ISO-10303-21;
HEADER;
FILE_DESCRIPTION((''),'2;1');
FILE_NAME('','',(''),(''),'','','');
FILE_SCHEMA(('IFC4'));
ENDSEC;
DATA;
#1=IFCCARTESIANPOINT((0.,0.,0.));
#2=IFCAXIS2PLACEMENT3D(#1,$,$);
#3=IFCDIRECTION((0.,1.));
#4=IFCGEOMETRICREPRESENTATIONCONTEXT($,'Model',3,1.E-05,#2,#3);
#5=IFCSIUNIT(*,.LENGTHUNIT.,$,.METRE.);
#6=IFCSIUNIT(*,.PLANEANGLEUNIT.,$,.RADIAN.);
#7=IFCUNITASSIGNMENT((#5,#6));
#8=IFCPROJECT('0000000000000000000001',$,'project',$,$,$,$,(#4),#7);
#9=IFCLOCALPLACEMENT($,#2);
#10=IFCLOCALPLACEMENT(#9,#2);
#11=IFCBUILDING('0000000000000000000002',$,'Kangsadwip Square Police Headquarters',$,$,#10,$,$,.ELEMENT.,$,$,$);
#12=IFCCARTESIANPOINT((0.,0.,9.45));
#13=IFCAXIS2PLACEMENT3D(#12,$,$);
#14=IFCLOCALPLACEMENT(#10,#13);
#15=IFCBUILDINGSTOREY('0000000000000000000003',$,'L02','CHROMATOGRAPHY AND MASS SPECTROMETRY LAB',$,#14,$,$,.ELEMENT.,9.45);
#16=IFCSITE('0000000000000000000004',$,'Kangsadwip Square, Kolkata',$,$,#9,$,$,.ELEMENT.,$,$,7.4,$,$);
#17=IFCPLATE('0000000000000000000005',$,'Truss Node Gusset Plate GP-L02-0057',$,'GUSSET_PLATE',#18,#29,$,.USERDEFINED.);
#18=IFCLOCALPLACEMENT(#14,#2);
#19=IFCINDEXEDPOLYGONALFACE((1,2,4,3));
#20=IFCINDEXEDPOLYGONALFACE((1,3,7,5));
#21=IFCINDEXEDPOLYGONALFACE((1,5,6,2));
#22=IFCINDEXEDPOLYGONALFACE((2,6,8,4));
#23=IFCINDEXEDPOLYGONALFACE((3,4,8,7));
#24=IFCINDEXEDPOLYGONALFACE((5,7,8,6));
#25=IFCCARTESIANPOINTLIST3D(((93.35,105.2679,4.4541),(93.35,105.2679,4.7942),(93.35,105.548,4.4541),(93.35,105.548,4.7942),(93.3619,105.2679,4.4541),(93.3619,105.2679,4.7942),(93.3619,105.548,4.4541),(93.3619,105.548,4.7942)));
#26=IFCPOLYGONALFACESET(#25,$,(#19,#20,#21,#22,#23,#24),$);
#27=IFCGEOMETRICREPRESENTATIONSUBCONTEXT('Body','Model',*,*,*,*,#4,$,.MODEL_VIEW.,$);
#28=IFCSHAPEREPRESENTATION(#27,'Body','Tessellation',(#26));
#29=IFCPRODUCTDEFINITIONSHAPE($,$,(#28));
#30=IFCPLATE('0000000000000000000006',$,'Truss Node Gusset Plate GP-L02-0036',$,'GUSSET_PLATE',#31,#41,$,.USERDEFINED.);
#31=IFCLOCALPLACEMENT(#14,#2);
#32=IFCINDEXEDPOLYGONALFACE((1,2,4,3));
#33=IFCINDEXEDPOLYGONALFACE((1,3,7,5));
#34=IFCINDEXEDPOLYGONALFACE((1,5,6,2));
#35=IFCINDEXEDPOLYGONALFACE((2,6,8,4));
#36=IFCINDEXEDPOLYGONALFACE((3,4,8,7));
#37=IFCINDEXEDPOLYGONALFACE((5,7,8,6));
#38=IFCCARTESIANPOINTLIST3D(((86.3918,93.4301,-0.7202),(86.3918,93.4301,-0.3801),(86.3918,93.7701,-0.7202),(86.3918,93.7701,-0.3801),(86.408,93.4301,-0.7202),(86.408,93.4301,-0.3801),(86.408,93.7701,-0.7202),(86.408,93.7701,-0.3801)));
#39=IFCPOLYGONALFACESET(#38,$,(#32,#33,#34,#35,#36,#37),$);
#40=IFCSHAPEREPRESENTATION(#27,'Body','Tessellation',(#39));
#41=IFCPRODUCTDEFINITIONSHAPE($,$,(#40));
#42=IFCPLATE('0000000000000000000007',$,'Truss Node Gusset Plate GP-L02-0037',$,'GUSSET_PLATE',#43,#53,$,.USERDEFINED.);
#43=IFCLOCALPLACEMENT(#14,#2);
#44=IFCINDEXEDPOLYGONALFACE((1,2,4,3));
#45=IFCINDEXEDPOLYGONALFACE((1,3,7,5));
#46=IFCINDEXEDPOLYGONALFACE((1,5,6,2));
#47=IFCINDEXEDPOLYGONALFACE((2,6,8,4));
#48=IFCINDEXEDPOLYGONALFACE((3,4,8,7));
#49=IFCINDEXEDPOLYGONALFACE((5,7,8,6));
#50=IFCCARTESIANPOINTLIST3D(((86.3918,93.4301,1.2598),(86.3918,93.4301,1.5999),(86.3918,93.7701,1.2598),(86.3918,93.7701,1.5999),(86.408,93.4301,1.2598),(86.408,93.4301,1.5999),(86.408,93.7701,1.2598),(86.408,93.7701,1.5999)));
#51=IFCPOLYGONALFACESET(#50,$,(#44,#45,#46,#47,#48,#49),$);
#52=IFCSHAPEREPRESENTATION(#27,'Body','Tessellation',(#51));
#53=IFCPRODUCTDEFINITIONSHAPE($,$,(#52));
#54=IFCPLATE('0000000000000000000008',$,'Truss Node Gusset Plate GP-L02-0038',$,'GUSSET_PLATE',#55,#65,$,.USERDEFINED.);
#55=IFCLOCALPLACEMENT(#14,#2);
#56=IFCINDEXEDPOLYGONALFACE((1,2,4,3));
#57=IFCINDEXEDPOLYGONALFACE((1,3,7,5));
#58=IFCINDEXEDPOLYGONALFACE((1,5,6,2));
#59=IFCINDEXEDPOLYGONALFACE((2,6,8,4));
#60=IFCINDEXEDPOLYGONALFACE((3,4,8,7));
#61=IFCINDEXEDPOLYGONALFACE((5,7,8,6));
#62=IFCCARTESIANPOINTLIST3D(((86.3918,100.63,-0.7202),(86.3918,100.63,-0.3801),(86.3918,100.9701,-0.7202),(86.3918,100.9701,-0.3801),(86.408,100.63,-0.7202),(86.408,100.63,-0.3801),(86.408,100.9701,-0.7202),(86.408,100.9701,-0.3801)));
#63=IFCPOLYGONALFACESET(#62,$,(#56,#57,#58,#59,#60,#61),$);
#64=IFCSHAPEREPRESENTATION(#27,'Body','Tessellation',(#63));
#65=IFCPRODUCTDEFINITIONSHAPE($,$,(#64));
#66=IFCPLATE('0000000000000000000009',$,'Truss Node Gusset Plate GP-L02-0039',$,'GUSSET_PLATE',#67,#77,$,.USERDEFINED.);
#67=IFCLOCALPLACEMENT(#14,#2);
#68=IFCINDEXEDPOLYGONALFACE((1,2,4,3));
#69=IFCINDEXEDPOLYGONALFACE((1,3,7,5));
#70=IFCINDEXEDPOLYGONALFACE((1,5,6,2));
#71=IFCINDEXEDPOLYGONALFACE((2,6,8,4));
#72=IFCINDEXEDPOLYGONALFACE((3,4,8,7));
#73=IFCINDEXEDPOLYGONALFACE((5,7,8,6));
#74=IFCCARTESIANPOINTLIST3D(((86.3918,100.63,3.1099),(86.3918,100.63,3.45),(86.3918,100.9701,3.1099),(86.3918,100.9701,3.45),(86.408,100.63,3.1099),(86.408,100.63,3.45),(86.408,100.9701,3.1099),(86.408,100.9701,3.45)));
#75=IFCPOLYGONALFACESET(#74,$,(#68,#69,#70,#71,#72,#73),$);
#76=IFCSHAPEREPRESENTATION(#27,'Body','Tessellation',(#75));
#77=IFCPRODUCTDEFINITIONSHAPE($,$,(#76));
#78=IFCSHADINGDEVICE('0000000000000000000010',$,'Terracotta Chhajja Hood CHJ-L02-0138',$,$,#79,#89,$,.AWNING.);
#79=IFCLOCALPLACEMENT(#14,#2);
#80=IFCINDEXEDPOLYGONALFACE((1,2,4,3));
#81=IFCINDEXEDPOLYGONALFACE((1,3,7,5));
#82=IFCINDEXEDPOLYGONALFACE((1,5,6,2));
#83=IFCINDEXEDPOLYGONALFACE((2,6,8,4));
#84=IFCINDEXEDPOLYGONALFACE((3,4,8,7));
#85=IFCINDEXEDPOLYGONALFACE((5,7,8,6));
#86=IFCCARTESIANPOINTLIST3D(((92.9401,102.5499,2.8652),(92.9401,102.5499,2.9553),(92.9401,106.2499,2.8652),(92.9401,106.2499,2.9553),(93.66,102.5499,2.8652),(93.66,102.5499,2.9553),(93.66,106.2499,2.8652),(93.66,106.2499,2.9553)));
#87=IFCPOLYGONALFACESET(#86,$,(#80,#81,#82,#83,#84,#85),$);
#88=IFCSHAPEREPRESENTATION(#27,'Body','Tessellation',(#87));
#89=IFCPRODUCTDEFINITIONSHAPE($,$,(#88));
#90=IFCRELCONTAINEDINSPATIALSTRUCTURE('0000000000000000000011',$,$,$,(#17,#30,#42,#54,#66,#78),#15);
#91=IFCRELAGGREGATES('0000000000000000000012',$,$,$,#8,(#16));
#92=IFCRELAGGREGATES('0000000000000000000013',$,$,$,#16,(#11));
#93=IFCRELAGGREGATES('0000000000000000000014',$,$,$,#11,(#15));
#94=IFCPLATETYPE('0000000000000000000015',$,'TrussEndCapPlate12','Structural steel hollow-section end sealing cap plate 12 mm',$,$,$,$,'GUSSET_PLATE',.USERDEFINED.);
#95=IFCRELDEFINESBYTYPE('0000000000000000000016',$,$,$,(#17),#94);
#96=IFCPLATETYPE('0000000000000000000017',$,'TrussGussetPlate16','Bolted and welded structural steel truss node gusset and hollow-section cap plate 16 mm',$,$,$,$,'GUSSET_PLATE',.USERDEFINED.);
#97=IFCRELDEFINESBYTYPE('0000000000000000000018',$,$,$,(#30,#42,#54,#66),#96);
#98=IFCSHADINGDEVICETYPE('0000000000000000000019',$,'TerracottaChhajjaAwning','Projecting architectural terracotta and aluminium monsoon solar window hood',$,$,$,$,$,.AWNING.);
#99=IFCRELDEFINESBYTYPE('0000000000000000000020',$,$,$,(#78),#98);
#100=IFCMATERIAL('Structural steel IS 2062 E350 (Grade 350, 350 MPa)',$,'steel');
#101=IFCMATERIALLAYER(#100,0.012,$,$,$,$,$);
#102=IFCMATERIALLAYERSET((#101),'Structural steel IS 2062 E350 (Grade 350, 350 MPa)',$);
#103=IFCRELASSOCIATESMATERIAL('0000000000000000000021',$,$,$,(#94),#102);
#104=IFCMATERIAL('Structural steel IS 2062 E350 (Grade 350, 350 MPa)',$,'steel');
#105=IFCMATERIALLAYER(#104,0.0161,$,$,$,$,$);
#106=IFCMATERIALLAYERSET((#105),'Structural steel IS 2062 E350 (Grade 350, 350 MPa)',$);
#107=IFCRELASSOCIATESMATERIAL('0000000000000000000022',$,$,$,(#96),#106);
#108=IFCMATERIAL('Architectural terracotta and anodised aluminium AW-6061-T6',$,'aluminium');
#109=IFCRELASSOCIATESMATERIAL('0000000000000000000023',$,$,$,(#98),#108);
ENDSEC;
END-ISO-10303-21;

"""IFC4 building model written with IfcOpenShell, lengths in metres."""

from ifc_helpers import new_model, si_unit, direction, frame, origin, origin_2d, place, context, subcontext, project, spatial, rectangle, extrude, material, layer, layer_set, type_object, element, save


model = new_model("IFC4")

# Units and contexts
model_context = context("Model", 3, precision=1e-05, world=origin(), true_north=direction((0.0, 1.0)))
body_context = subcontext(model_context, "Body", "Model", "MODEL_VIEW")
ifc_project = project(units=[si_unit("LENGTHUNIT", "METRE"), si_unit("PLANEANGLEUNIT", "RADIAN")], contexts=[model_context])

# Site, building, storey
site_placement = place(None, origin())
site = spatial("IfcSite", under=ifc_project, at=site_placement, Name="Kangsadwip Square, Kolkata", CompositionType="ELEMENT", RefElevation=7.4)
building_placement = place(site_placement, origin())
building = spatial("IfcBuilding", under=site, at=building_placement, Name="Kangsadwip Square Police Headquarters", CompositionType="ELEMENT")
storey_placement = place(building_placement, frame((0.0, 0.0, 9.45)))
storey = spatial("IfcBuildingStorey", under=building, at=storey_placement, Name="L02", Description="CHROMATOGRAPHY AND MASS SPECTROMETRY LAB", CompositionType="ELEMENT", Elevation=9.45)

# Plates
ifc_material_1 = material(Name="Structural steel IS 2062 E350 (Grade 350, 350 MPa)", Category="steel")
ifc_layer_1 = layer(ifc_material_1, 0.012)
ifc_layer_set_1 = layer_set([ifc_layer_1], Name="Structural steel IS 2062 E350 (Grade 350, 350 MPa)")
plate_type_1 = type_object("IfcPlateType", Name="TrussEndCapPlate12", Description="Structural steel hollow-section end sealing cap plate 12 mm", ElementType="GUSSET_PLATE", PredefinedType="USERDEFINED", material=ifc_layer_set_1)
plate_placement = place(storey_placement, frame((93.356, 105.408, 4.4541), z_axis=(0.0, 0.0, 1.0), x_axis=(0.0, 1.0, 0.0)))
element("IfcPlate", 1, at=plate_placement, inside=storey, type_object=plate_type_1, Name="Truss Node Gusset Plate GP-L02-0057", ObjectType="GUSSET_PLATE", PredefinedType="USERDEFINED", context=body_context, shape_type="SweptSolid", body=[
    extrude(rectangle(XDim=0.28, YDim=0.012, at=origin_2d()), origin(), (0.0, 0.0, 1.0), 0.3401),
])
ifc_material_2 = material(Name="Structural steel IS 2062 E350 (Grade 350, 350 MPa)", Category="steel")
ifc_layer_2 = layer(ifc_material_2, 0.0161)
ifc_layer_set_2 = layer_set([ifc_layer_2], Name="Structural steel IS 2062 E350 (Grade 350, 350 MPa)")
plate_type_2 = type_object("IfcPlateType", Name="TrussGussetPlate16", Description="Bolted and welded structural steel truss node gusset and hollow-section cap plate 16 mm", ElementType="GUSSET_PLATE", PredefinedType="USERDEFINED", material=ifc_layer_set_2)
for number, where, z_axis, x_axis, name in (
    (2, (86.3999, 93.6001, -0.7202), (0.0, 0.0, 1.0), (0.0, 1.0, 0.0), "Truss Node Gusset Plate GP-L02-0036"),
    (3, (86.3999, 93.6001, 1.2598), (0.0, 0.0, 1.0), (0.0, 1.0, 0.0), "Truss Node Gusset Plate GP-L02-0037"),
    (4, (86.3999, 100.8, -0.7202), (0.0, 0.0, 1.0), (0.0, 1.0, 0.0), "Truss Node Gusset Plate GP-L02-0038"),
    (5, (86.3999, 100.8, 3.1099), (0.0, 0.0, 1.0), (0.0, 1.0, 0.0), "Truss Node Gusset Plate GP-L02-0039"),
):
    element("IfcPlate", number, at=place(storey_placement, frame(where, z_axis=z_axis, x_axis=x_axis)), inside=storey, type_object=plate_type_2, Name=name, ObjectType="GUSSET_PLATE", PredefinedType="USERDEFINED", context=body_context, shape_type="SweptSolid", body=[
        extrude(rectangle(XDim=0.3401, YDim=0.0161, at=origin_2d()), origin(), (0.0, 0.0, 1.0), 0.3401),
    ])

# Shading device
ifc_material_3 = material(Name="Architectural terracotta and anodised aluminium AW-6061-T6", Category="aluminium")
shading_device_type = type_object("IfcShadingDeviceType", Name="TerracottaChhajjaAwning", Description="Projecting architectural terracotta and aluminium monsoon solar window hood", PredefinedType="AWNING", material=ifc_material_3)
shading_device_placement = place(storey_placement, frame((93.3, 104.3999, 2.8652), z_axis=(0.0, 0.0, 1.0), x_axis=(0.0, 1.0, 0.0)))
element("IfcShadingDevice", 6, at=shading_device_placement, inside=storey, type_object=shading_device_type, Name="Terracotta Chhajja Hood CHJ-L02-0138", PredefinedType="AWNING", context=body_context, shape_type="SweptSolid", body=[
    extrude(rectangle(XDim=3.7, YDim=0.72, at=origin_2d()), origin(), (0.0, 0.0, 1.0), 0.0901),
])

save(model, "model.ifc")
